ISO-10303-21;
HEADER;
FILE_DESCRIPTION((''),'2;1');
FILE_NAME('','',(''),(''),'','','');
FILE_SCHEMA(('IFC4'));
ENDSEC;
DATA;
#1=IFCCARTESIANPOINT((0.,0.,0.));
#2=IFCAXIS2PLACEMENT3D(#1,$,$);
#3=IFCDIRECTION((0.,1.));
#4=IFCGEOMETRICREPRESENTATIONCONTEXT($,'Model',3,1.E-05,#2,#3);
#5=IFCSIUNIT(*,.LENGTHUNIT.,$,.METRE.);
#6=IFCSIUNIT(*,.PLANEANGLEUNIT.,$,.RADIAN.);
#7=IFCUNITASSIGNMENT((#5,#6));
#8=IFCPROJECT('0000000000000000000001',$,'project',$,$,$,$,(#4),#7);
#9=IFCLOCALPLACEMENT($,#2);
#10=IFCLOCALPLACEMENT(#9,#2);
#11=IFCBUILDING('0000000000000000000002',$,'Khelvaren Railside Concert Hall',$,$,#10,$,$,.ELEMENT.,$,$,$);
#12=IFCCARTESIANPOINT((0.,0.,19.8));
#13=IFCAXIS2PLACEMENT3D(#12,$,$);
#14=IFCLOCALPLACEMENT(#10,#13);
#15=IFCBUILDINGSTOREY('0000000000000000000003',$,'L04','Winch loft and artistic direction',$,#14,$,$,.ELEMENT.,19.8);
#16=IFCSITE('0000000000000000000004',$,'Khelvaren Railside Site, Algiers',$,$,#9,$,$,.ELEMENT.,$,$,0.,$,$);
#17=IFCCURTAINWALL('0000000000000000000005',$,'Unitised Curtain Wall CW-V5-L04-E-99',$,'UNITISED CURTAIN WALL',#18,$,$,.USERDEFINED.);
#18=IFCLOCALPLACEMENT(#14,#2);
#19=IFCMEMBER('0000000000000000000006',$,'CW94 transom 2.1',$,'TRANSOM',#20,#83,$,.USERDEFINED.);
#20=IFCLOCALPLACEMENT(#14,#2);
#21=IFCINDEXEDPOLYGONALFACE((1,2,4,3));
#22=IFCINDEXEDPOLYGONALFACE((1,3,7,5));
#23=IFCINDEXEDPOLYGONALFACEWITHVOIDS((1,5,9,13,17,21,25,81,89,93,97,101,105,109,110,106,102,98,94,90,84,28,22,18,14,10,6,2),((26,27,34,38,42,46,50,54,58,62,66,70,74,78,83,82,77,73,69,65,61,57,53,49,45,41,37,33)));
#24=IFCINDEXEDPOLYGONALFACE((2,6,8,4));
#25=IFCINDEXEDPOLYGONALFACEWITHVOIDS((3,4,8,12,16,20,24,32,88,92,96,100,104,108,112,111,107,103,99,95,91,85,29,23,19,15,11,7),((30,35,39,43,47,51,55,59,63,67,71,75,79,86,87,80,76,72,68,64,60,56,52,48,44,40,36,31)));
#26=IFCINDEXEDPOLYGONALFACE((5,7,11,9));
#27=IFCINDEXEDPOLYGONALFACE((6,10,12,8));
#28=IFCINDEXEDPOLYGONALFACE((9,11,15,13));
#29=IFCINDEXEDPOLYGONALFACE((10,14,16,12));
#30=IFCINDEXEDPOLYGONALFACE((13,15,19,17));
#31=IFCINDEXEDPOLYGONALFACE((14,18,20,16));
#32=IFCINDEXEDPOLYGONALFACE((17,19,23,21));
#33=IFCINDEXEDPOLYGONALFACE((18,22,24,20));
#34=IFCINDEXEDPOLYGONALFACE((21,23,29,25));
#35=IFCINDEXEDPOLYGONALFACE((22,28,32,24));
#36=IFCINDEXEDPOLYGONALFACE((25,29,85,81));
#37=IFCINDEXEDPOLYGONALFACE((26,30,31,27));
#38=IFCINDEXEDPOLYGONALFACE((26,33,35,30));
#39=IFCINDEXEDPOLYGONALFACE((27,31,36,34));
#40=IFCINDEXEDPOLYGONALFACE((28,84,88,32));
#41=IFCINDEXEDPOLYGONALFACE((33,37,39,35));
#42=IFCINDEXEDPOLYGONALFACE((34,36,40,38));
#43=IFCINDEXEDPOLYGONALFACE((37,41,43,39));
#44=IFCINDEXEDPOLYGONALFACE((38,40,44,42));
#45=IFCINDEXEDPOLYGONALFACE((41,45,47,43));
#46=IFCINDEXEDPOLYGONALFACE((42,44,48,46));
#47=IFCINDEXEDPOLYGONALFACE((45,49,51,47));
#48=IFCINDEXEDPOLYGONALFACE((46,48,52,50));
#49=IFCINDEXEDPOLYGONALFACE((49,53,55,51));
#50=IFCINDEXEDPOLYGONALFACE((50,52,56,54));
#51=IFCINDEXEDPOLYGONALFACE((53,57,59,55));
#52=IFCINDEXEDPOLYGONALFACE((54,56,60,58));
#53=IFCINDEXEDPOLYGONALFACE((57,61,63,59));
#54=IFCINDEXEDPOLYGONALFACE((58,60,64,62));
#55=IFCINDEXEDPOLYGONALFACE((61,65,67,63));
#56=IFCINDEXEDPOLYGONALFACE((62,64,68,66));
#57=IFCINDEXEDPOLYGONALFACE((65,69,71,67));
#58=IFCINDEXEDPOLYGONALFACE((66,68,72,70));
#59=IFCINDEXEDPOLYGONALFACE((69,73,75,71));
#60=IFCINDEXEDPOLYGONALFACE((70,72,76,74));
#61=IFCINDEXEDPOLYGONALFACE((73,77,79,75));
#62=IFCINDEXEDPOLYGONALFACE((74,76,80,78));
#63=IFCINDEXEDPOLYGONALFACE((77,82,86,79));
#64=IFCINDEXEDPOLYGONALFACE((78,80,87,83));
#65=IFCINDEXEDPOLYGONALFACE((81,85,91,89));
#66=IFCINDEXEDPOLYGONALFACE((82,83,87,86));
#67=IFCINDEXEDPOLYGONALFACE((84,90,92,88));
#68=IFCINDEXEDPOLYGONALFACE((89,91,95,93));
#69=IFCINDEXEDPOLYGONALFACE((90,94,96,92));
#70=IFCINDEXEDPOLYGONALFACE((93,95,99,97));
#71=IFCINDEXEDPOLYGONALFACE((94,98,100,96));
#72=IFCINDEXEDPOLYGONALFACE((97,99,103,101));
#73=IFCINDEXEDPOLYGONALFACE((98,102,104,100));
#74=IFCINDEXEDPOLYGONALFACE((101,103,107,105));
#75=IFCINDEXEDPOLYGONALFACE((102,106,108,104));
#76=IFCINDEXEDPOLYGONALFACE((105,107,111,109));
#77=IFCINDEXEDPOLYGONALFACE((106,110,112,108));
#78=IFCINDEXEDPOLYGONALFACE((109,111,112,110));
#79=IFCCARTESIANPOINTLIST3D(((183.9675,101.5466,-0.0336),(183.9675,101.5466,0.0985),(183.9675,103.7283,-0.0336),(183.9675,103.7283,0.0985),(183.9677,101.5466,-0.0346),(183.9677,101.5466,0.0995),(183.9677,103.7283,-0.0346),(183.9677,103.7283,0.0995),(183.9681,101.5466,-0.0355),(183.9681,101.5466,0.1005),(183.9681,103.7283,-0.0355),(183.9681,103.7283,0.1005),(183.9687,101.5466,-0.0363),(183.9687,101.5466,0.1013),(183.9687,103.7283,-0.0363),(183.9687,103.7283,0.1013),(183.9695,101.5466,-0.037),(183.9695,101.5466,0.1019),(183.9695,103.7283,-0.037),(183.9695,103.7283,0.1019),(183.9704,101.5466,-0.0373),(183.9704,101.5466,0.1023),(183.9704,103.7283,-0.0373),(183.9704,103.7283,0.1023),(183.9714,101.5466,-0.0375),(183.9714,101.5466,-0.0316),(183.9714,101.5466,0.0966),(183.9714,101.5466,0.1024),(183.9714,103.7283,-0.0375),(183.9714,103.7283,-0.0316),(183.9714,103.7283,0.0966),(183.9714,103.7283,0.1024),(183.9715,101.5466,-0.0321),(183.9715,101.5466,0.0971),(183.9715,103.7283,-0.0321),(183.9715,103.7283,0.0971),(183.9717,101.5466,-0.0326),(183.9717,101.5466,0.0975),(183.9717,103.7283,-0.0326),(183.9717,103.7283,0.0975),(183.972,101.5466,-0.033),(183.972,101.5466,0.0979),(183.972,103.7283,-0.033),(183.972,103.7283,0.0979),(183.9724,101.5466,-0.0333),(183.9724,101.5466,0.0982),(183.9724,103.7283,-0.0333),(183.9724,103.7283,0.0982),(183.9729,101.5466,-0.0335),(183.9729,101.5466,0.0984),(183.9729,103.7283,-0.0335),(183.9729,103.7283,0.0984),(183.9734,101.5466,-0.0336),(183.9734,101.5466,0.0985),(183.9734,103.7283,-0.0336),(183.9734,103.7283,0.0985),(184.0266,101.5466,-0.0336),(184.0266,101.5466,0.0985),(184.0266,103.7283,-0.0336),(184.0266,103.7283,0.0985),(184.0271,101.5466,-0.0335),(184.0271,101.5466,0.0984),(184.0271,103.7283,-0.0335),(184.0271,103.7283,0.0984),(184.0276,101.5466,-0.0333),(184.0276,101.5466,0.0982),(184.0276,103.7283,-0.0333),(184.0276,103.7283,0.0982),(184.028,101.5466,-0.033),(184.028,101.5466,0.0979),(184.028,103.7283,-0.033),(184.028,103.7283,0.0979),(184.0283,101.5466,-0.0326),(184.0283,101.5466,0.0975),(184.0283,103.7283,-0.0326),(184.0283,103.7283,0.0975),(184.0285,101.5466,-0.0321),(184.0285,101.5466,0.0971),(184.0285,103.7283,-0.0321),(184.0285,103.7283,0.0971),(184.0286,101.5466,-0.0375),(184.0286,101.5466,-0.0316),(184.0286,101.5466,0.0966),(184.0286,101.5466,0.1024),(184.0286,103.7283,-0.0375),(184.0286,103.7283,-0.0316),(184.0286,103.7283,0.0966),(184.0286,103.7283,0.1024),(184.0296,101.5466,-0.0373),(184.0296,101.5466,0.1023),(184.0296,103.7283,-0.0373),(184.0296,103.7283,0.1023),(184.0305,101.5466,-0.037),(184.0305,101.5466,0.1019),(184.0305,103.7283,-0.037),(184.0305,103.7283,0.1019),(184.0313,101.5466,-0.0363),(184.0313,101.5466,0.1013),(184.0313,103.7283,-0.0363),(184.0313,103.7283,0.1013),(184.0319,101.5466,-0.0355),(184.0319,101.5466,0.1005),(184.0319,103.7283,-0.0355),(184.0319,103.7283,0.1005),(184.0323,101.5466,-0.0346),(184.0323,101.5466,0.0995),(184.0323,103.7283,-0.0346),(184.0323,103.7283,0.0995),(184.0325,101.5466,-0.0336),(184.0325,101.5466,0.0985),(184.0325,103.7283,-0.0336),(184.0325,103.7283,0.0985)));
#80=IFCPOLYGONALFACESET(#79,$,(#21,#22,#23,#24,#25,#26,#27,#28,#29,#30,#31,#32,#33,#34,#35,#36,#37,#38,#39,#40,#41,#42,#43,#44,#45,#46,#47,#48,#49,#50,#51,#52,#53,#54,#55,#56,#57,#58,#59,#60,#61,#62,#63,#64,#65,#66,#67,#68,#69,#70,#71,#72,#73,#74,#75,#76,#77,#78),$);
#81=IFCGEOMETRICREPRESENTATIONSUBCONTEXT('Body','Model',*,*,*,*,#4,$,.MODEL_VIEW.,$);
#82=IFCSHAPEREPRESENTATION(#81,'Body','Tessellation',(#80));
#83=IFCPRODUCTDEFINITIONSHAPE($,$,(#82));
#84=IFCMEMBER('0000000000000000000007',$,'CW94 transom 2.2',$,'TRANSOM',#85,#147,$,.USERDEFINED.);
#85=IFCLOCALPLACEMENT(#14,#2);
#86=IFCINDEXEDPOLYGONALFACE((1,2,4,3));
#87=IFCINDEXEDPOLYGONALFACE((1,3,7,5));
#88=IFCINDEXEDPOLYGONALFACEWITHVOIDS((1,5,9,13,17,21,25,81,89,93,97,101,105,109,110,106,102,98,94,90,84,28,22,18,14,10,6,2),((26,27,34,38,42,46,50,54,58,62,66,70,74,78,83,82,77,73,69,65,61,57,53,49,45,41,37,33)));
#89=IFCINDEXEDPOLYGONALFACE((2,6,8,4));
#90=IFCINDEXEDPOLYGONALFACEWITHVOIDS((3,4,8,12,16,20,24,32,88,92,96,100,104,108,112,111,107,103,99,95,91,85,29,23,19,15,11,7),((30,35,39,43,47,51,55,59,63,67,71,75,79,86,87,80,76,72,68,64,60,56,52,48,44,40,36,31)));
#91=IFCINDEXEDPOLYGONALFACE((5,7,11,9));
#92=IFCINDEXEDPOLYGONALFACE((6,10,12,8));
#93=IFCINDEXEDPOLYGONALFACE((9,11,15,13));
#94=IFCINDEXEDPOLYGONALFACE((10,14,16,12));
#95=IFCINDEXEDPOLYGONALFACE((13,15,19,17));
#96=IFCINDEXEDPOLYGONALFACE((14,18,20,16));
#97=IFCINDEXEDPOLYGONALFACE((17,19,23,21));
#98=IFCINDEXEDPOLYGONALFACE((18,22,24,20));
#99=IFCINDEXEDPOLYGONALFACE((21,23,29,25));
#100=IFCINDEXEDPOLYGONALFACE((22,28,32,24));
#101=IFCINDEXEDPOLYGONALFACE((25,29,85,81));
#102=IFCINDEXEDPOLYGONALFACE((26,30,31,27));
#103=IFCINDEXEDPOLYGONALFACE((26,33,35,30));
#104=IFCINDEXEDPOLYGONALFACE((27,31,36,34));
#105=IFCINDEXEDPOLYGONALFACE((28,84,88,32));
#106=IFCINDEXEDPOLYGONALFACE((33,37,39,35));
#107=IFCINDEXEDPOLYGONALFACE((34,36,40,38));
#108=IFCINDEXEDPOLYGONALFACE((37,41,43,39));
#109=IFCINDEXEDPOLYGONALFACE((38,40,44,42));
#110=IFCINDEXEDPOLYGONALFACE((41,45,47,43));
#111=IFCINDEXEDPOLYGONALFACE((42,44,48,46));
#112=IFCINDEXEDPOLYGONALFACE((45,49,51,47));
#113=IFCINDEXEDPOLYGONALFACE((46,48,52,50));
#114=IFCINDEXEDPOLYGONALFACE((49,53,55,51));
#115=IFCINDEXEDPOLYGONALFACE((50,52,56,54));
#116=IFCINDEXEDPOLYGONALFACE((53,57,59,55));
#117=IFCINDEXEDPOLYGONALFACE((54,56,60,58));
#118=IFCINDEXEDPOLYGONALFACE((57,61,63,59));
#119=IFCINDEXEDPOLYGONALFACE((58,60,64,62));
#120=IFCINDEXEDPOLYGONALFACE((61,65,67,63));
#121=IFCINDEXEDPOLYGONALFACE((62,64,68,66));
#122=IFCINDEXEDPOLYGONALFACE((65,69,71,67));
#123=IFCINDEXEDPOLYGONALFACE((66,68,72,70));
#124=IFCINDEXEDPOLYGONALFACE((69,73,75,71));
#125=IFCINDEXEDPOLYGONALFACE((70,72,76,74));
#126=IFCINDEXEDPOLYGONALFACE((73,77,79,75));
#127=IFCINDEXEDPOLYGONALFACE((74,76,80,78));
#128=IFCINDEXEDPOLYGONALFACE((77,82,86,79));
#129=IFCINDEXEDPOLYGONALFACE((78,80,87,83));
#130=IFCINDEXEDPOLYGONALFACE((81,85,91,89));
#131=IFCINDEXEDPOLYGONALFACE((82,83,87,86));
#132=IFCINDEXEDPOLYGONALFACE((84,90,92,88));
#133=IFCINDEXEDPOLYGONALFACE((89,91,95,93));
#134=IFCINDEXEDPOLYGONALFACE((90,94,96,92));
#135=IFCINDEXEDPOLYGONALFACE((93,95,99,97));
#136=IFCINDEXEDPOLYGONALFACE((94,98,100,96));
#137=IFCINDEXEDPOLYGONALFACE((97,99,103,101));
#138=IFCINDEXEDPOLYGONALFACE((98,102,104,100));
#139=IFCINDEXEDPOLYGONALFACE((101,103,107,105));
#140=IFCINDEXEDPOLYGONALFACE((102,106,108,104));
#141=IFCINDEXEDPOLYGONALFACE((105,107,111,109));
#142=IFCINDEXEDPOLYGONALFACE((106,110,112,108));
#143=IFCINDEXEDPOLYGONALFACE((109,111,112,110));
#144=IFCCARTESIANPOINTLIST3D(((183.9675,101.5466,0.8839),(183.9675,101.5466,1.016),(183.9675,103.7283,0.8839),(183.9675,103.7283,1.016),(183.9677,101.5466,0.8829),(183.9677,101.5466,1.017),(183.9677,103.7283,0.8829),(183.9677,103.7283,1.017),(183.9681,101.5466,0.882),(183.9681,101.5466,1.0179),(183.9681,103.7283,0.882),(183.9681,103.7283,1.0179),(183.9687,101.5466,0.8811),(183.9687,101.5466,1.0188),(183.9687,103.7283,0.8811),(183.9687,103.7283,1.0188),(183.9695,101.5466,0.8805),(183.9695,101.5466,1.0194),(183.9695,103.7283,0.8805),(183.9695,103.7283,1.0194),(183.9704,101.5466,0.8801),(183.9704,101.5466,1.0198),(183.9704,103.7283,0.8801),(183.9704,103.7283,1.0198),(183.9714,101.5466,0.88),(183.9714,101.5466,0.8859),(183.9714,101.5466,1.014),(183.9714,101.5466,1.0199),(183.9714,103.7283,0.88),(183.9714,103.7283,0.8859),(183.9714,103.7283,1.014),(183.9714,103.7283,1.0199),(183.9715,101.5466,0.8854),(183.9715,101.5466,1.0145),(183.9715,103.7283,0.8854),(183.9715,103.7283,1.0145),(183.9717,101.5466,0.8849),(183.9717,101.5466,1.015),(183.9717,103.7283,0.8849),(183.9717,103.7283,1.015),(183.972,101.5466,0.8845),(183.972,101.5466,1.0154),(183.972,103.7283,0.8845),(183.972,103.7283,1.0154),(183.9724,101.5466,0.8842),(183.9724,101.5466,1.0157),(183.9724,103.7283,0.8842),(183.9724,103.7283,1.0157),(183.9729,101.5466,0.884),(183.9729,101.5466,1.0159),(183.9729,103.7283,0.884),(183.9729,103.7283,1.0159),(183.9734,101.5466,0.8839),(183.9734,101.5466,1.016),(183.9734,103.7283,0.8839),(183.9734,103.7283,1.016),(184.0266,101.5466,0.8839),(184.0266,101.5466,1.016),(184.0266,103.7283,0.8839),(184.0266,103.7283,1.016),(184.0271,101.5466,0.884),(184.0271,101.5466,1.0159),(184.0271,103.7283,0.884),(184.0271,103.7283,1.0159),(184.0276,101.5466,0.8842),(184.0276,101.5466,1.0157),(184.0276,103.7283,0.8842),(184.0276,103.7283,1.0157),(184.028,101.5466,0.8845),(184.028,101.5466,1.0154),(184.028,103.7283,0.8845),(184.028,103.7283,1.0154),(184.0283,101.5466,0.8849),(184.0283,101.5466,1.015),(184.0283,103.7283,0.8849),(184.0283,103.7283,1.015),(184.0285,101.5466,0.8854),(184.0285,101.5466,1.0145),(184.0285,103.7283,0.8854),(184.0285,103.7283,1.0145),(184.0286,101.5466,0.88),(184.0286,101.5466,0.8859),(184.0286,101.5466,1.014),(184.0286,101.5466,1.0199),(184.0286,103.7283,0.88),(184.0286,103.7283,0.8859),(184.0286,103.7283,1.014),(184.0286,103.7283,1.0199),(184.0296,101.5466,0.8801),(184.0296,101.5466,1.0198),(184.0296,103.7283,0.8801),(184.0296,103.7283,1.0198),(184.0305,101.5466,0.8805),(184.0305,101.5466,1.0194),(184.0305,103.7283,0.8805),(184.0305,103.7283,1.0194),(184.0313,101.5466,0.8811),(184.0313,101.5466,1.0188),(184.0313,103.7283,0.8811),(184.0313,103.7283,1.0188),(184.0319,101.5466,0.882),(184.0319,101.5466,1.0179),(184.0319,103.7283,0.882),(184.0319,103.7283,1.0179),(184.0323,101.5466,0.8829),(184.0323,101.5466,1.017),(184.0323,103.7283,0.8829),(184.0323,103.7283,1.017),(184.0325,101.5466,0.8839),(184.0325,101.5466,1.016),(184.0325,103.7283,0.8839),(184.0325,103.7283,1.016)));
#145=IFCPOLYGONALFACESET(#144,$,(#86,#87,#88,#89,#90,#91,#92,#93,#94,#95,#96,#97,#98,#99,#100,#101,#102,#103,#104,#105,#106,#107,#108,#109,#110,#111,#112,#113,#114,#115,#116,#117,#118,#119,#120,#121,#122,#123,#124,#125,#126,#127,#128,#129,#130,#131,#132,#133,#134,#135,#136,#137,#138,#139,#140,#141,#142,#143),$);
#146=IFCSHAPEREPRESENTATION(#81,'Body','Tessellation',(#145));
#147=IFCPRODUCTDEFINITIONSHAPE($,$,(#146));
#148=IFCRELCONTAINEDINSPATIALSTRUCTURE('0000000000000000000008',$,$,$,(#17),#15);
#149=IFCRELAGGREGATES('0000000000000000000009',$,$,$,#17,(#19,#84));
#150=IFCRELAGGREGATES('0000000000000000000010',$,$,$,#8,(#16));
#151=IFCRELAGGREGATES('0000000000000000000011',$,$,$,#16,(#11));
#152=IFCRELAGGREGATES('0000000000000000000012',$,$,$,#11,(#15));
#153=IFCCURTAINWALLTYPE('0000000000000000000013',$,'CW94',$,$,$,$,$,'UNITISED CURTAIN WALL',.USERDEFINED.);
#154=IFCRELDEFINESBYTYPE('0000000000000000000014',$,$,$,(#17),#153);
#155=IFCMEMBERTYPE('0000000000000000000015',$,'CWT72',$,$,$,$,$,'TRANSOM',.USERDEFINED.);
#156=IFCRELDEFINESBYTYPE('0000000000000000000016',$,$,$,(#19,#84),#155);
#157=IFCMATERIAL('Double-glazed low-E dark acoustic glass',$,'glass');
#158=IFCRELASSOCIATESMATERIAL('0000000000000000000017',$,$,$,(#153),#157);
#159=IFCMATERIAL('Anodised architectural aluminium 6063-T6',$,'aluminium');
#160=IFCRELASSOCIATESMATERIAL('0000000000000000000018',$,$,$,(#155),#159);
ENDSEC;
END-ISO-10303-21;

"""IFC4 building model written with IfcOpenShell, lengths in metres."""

from ifc_helpers import new_model, si_unit, direction, frame, origin, origin_2d, place, context, subcontext, project, spatial, hollow_rectangle, extrude, material, material_profile, profile_set, type_object, element, aggregate, save


model = new_model("IFC4")

# Units and contexts
model_context = context("Model", 3, precision=1e-05, world=origin(), true_north=direction((0.0, 1.0)))
body_context = subcontext(model_context, "Body", "Model", "MODEL_VIEW")
ifc_project = project(units=[si_unit("LENGTHUNIT", "METRE"), si_unit("PLANEANGLEUNIT", "RADIAN")], contexts=[model_context])

# Site, building, storey
site_placement = place(None, origin())
site = spatial("IfcSite", under=ifc_project, at=site_placement, Name="Khelvaren Railside Site, Algiers", CompositionType="ELEMENT", RefElevation=0.0)
building_placement = place(site_placement, origin())
building = spatial("IfcBuilding", under=site, at=building_placement, Name="Khelvaren Railside Concert Hall", CompositionType="ELEMENT")
storey_placement = place(building_placement, frame((0.0, 0.0, 19.8)))
storey = spatial("IfcBuildingStorey", under=building, at=storey_placement, Name="L04", Description="Winch loft and artistic direction", CompositionType="ELEMENT", Elevation=19.8)

# Curtain wall
ifc_material_1 = material(Name="Double-glazed low-E dark acoustic glass", Category="glass")
ifc_material_2 = material(Name="Anodised architectural aluminium 6063-T6", Category="aluminium")
curtain_wall_type_1 = type_object("IfcCurtainWallType", Name="CW94", ElementType="UNITISED CURTAIN WALL", PredefinedType="USERDEFINED", material=ifc_material_1)
curtain_wall_1_placement = place(storey_placement, origin())
curtain_wall_1 = element("IfcCurtainWall", 1, at=curtain_wall_1_placement, inside=storey, type_object=curtain_wall_type_1, Name="Unitised Curtain Wall CW-V5-L04-E-99", ObjectType="UNITISED CURTAIN WALL", PredefinedType="USERDEFINED")

# Members
ifc_material_profile_1 = material_profile(ifc_material_2, hollow_rectangle(XDim=0.0649, YDim=0.1399, WallThickness=0.0039, InnerFilletRadius=0.002, OuterFilletRadius=0.0039, at=origin_2d()), Name="CWT 65x140x4")
ifc_profile_set_1 = profile_set([ifc_material_profile_1], Name="Anodised architectural aluminium 6063-T6")
member_type_1 = type_object("IfcMemberType", Name="CWT72", ElementType="TRANSOM", PredefinedType="USERDEFINED", material=ifc_profile_set_1)
member_1_placement = place(storey_placement, frame((184.0, 103.7283, 0.0325), z_axis=(0.0, -1.0, 0.0), x_axis=(1.0, 0.0, 0.0)))
member_1 = element("IfcMember", 2, at=member_1_placement, type_object=member_type_1, Name="CW94 transom 2.1", ObjectType="TRANSOM", PredefinedType="USERDEFINED", context=body_context, shape_type="SweptSolid", body=[
    extrude(hollow_rectangle(XDim=0.0649, YDim=0.1399, WallThickness=0.0039, InnerFilletRadius=0.002, OuterFilletRadius=0.0039, at=origin_2d()), origin(), (0.0, 0.0, 1.0), 2.1816),
])
member_2_placement = place(storey_placement, frame((184.0, 103.7283, 0.95), z_axis=(0.0, -1.0, 0.0), x_axis=(1.0, 0.0, 0.0)))
member_2 = element("IfcMember", 3, at=member_2_placement, type_object=member_type_1, Name="CW94 transom 2.2", ObjectType="TRANSOM", PredefinedType="USERDEFINED", context=body_context, shape_type="SweptSolid", body=[
    extrude(hollow_rectangle(XDim=0.0649, YDim=0.1399, WallThickness=0.0039, InnerFilletRadius=0.002, OuterFilletRadius=0.0039, at=origin_2d()), origin(), (0.0, 0.0, 1.0), 2.1816),
])

aggregate(curtain_wall_1, [member_1, member_2])

save(model, "model.ifc")
